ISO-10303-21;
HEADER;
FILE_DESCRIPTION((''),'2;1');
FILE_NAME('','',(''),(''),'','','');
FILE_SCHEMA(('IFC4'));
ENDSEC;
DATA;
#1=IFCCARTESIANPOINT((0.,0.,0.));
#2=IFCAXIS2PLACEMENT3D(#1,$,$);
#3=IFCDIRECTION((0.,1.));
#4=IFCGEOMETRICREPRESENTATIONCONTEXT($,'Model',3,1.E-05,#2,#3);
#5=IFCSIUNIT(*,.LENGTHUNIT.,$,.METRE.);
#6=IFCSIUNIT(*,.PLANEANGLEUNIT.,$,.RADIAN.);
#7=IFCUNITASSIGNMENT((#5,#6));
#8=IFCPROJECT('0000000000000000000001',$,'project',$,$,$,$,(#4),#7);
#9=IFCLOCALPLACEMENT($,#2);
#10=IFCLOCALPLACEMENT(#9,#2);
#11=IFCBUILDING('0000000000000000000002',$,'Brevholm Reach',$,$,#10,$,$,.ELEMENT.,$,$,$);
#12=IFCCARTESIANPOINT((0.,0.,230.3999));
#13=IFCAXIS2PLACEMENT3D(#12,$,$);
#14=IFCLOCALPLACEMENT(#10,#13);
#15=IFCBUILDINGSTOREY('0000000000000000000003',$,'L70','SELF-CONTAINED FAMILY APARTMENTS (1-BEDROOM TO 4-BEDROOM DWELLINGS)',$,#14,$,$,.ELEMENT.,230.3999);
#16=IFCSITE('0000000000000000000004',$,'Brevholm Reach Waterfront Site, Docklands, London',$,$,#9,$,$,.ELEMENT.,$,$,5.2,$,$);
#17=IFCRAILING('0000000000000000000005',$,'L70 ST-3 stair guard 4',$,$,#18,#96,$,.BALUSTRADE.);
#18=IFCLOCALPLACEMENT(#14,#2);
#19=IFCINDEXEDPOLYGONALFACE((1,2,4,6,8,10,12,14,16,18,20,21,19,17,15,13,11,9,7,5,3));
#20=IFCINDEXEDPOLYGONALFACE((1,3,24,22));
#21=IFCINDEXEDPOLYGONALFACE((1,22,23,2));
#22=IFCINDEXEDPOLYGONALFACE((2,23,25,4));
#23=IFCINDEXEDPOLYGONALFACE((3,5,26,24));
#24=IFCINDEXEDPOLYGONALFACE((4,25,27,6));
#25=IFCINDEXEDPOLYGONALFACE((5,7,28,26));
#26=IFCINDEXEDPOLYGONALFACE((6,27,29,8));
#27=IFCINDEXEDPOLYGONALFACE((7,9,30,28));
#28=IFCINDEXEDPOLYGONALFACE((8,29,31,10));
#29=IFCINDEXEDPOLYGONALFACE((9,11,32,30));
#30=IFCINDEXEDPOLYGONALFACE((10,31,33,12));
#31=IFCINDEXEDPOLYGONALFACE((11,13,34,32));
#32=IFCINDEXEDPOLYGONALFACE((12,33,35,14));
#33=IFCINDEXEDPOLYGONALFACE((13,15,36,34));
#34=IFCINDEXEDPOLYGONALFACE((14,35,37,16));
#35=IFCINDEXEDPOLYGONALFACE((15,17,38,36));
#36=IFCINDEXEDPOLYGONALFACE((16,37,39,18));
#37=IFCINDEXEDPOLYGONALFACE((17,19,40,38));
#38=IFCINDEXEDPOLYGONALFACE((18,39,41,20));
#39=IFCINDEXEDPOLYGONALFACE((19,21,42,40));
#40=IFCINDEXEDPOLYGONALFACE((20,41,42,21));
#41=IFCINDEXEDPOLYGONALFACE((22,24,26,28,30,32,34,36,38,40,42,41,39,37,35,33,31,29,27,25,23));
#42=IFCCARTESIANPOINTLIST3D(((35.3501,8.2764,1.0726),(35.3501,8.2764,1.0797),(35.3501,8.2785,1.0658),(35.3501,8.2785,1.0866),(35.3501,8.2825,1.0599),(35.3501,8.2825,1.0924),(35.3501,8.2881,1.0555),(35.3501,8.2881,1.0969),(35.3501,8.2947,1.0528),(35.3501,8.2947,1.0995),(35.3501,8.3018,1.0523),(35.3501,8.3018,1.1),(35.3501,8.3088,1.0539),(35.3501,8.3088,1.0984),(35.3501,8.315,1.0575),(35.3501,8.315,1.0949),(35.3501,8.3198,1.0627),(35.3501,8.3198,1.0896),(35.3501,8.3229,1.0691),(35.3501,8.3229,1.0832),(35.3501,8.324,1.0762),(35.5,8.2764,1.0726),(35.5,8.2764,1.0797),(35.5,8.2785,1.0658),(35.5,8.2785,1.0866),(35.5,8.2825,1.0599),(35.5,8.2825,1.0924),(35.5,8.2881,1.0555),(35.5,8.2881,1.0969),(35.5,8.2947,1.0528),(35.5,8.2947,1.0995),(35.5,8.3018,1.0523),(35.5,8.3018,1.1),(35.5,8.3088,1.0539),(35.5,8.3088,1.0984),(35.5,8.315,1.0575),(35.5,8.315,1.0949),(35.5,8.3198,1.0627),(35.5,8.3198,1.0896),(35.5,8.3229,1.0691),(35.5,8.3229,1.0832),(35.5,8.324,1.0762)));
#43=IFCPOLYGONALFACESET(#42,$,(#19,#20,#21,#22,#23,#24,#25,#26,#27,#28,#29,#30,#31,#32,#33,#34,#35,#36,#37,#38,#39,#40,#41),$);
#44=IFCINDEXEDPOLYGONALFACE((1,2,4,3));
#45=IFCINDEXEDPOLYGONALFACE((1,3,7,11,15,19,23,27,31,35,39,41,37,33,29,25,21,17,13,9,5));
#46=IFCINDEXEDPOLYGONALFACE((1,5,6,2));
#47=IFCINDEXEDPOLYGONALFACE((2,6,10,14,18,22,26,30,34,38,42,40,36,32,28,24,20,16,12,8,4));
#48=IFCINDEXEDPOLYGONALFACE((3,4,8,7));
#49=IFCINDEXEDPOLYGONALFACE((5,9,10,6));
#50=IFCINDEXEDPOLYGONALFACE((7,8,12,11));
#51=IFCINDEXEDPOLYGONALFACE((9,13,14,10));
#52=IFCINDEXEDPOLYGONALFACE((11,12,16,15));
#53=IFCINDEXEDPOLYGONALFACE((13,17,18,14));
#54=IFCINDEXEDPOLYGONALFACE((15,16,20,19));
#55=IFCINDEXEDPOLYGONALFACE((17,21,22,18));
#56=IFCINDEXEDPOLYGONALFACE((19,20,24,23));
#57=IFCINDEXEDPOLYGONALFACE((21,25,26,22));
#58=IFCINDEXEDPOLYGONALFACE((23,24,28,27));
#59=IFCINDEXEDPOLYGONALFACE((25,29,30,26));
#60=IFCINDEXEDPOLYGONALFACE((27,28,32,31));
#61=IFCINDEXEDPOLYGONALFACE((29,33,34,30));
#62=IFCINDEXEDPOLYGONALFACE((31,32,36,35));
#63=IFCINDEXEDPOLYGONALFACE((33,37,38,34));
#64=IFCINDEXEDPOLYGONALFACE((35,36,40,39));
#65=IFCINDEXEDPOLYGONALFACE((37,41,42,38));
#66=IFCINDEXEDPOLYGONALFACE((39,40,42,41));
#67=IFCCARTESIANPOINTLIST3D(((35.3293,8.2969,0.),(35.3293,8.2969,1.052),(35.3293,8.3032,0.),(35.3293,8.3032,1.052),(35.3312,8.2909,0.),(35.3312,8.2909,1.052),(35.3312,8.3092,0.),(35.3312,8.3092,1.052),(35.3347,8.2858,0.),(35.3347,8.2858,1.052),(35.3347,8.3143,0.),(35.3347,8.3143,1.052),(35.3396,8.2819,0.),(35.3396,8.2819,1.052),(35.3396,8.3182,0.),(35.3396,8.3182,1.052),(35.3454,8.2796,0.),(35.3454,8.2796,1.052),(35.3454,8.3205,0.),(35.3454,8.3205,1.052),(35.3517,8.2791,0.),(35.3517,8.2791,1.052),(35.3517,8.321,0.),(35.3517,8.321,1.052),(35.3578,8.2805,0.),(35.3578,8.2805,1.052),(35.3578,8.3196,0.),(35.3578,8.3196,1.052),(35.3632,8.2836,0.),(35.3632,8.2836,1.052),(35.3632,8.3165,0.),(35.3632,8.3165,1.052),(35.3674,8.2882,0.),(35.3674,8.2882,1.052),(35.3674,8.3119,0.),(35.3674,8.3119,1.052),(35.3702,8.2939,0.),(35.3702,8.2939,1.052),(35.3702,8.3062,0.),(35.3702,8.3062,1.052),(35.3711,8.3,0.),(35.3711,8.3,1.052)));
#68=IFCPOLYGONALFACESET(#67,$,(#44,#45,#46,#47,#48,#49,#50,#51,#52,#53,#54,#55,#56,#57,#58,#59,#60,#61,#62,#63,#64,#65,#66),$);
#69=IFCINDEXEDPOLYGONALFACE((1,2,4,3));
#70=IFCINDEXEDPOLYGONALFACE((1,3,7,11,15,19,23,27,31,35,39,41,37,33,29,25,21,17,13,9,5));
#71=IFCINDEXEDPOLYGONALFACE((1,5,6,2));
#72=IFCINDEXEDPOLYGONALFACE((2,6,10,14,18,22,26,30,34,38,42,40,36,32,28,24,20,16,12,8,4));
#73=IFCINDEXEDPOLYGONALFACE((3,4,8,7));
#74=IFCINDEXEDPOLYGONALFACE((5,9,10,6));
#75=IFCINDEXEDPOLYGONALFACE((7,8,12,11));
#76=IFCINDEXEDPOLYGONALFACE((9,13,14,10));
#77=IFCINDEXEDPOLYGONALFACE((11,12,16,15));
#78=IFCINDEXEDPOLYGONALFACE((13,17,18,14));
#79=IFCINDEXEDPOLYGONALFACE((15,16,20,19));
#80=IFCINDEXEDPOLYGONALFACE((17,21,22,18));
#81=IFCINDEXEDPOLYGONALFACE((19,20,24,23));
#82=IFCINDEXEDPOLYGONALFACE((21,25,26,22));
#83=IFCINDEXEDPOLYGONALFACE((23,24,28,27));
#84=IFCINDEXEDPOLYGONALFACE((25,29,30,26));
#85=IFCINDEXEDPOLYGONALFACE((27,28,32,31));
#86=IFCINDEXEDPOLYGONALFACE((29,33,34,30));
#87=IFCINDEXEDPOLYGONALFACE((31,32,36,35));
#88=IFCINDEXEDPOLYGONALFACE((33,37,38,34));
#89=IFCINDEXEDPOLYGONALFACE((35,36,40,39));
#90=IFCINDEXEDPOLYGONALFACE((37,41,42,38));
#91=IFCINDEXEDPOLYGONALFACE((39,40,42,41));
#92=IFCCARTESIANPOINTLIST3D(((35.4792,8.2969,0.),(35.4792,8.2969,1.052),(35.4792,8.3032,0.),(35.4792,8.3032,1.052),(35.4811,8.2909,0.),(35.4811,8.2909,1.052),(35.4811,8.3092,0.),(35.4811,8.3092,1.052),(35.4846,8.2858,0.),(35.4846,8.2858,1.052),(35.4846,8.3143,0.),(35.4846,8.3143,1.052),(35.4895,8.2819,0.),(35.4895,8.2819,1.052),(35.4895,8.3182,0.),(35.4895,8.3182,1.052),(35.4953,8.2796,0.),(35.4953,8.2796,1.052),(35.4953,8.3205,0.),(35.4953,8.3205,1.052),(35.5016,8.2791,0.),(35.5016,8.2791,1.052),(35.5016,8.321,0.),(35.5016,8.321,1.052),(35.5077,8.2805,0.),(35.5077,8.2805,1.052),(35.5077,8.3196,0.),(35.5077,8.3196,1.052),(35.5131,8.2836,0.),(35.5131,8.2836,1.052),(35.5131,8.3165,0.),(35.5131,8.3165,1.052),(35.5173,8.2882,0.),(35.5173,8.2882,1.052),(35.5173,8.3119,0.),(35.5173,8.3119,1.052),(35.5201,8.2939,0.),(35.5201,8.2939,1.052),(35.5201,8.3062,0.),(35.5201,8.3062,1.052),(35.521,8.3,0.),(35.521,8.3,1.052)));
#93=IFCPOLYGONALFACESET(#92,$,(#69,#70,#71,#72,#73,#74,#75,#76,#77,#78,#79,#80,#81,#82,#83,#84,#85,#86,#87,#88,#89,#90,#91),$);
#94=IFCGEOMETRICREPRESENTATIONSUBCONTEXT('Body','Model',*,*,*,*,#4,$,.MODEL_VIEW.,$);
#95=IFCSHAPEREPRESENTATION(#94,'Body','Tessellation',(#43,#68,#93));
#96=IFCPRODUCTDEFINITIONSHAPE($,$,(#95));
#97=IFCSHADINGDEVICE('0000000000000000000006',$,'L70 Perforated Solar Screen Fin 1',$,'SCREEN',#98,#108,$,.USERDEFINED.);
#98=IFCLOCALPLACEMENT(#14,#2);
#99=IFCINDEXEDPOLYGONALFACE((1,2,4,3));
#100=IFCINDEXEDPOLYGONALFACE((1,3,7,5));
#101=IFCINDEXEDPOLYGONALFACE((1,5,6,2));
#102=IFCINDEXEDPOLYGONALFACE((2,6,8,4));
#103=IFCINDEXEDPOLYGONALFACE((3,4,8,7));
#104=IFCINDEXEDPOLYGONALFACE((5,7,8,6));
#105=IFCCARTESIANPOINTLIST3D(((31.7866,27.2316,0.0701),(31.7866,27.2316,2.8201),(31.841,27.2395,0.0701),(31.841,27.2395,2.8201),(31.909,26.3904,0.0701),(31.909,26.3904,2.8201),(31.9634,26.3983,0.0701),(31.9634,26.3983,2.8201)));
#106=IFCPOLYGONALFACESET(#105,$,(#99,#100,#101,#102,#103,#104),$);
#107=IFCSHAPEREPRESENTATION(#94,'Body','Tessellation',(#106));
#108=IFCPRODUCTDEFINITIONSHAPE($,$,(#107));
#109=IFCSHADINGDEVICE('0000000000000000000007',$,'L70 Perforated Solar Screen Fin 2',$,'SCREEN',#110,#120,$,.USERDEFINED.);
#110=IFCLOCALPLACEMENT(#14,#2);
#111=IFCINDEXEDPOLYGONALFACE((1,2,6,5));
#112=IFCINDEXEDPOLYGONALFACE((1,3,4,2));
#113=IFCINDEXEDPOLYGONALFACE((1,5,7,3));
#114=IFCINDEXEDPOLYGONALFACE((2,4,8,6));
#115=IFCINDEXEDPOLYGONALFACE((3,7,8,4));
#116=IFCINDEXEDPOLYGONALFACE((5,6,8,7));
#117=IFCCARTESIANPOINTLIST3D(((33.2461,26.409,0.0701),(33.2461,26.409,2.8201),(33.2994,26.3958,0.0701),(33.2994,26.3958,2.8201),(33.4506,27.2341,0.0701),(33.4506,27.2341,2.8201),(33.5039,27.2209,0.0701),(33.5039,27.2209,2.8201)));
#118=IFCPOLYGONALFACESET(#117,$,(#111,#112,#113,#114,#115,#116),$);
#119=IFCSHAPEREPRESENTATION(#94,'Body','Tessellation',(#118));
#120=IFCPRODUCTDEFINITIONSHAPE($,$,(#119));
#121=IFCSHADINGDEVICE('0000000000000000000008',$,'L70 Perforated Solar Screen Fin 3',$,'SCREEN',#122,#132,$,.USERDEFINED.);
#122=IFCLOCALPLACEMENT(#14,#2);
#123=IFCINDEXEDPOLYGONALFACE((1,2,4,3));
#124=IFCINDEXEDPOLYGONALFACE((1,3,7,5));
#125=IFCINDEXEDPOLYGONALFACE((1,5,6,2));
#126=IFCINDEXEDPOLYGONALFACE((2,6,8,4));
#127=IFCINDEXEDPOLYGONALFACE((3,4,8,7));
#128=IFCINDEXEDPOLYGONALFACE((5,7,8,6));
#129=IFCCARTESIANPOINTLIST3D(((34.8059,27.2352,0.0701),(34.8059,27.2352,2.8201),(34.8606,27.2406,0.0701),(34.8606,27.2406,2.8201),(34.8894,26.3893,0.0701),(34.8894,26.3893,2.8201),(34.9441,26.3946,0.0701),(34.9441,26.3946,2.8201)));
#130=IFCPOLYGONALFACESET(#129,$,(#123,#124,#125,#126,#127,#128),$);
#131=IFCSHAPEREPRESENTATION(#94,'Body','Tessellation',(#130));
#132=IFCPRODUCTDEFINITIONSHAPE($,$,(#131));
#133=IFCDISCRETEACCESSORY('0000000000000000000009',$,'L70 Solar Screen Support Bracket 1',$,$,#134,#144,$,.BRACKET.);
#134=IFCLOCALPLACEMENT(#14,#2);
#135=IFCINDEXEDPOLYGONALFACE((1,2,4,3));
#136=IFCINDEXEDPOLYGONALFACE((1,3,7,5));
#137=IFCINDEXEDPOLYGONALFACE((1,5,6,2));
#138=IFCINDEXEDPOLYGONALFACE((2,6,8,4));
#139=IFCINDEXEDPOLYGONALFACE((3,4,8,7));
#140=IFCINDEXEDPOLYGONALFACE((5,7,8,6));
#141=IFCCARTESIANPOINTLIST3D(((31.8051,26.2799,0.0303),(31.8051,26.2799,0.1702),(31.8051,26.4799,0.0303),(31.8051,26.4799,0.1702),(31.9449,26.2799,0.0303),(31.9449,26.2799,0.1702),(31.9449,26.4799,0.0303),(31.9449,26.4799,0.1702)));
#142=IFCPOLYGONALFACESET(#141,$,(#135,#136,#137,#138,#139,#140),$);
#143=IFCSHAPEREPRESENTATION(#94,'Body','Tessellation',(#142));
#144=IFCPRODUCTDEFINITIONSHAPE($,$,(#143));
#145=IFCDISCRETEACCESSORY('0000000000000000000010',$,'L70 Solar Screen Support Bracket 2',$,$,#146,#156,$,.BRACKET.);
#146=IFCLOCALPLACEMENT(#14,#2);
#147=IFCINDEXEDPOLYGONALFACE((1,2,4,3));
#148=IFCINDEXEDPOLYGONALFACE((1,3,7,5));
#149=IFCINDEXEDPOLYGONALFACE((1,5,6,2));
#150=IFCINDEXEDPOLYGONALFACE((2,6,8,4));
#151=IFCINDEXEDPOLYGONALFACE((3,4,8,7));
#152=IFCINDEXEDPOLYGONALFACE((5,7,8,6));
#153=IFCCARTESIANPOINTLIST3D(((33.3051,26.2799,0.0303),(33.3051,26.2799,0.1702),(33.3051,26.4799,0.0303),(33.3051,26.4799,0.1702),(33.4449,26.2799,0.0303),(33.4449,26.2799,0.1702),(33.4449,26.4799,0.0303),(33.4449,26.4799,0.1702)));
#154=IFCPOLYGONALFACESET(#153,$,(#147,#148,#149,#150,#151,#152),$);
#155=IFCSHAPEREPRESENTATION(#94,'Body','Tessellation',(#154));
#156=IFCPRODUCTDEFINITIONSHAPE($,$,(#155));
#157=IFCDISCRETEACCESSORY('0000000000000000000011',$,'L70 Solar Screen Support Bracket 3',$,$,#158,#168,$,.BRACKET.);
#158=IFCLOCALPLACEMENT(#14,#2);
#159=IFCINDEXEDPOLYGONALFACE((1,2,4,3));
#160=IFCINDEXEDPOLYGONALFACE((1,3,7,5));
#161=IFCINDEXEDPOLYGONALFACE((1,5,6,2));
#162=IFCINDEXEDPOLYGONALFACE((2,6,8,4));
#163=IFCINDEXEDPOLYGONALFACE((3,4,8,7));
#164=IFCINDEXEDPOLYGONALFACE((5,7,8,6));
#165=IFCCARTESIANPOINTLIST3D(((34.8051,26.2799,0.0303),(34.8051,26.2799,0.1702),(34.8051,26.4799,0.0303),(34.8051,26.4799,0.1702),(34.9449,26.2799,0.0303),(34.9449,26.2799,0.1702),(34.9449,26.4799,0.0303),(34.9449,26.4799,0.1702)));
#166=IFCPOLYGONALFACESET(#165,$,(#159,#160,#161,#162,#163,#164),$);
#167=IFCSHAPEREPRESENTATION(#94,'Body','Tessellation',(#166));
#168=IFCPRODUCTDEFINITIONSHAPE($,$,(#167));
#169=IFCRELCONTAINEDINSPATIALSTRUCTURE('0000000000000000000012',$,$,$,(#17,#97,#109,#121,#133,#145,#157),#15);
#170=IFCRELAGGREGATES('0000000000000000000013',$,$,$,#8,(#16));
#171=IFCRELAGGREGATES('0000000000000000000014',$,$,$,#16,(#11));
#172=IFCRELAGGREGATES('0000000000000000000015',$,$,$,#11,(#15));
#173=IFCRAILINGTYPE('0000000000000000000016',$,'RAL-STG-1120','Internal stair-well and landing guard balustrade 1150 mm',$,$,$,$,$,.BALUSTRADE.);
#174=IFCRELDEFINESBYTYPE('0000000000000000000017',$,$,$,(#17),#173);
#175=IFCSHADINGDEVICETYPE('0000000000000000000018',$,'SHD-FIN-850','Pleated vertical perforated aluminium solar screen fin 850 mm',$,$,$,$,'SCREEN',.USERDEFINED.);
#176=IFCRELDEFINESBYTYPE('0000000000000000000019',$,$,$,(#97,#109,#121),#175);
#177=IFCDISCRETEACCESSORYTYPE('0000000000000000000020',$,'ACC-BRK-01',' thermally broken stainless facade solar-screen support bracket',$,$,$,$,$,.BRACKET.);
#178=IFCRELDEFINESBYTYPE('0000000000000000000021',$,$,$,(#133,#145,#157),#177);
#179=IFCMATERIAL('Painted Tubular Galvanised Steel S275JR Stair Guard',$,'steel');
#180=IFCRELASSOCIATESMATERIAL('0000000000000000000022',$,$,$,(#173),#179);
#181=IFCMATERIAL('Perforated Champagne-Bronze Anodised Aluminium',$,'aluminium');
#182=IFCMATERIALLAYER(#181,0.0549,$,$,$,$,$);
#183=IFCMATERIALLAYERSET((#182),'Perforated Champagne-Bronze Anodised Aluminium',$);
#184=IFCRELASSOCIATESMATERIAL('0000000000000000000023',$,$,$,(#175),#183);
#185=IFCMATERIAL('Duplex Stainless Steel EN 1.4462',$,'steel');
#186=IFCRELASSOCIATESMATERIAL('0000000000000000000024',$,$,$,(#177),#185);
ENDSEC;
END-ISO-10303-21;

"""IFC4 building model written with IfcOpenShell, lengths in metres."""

from ifc_helpers import new_model, si_unit, direction, frame, origin, origin_2d, place, context, subcontext, project, spatial, rectangle, circle, extrude, material, layer, layer_set, type_object, element, save


model = new_model("IFC4")

# Units and contexts
model_context = context("Model", 3, precision=1e-05, world=origin(), true_north=direction((0.0, 1.0)))
body_context = subcontext(model_context, "Body", "Model", "MODEL_VIEW")
ifc_project = project(units=[si_unit("LENGTHUNIT", "METRE"), si_unit("PLANEANGLEUNIT", "RADIAN")], contexts=[model_context])

# Site, building, storey
site_placement = place(None, origin())
site = spatial("IfcSite", under=ifc_project, at=site_placement, Name="Brevholm Reach Waterfront Site, Docklands, London", CompositionType="ELEMENT", RefElevation=5.2)
building_placement = place(site_placement, origin())
building = spatial("IfcBuilding", under=site, at=building_placement, Name="Brevholm Reach", CompositionType="ELEMENT")
storey_placement = place(building_placement, frame((0.0, 0.0, 230.3999)))
storey = spatial("IfcBuildingStorey", under=building, at=storey_placement, Name="L70", Description="SELF-CONTAINED FAMILY APARTMENTS (1-BEDROOM TO 4-BEDROOM DWELLINGS)", CompositionType="ELEMENT", Elevation=230.3999)

# Railing
ifc_material_1 = material(Name="Painted Tubular Galvanised Steel S275JR Stair Guard", Category="steel")
railing_type_1 = type_object("IfcRailingType", Name="RAL-STG-1120", Description="Internal stair-well and landing guard balustrade 1150 mm", PredefinedType="BALUSTRADE", material=ifc_material_1)
railing_1_placement = place(storey_placement, frame((35.3501, 8.3, 0.0)))
element("IfcRailing", 1, at=railing_1_placement, inside=storey, type_object=railing_type_1, Name="L70 ST-3 stair guard 4", PredefinedType="BALUSTRADE", context=body_context, shape_type="SweptSolid", body=[
    extrude(circle(Radius=0.0239, at=origin_2d()), frame((0.0, 0.0, 1.0762), z_axis=(1.0, 0.0, 0.0), x_axis=(0.0, 1.0, 0.0)), (0.0, 0.0, 1.0), 0.1499),
    extrude(circle(Radius=0.021, at=origin_2d()), origin(), (0.0, 0.0, 1.0), 1.052),
    extrude(circle(Radius=0.021, at=origin_2d()), frame((0.1499, 0.0, 0.0)), (0.0, 0.0, 1.0), 1.052),
])

# Shading devices
ifc_material_2 = material(Name="Perforated Champagne-Bronze Anodised Aluminium", Category="aluminium")
ifc_layer_1 = layer(ifc_material_2, 0.0549)
ifc_layer_set_1 = layer_set([ifc_layer_1], Name="Perforated Champagne-Bronze Anodised Aluminium")
shading_device_type = type_object("IfcShadingDeviceType", Name="SHD-FIN-850", Description="Pleated vertical perforated aluminium solar screen fin 850 mm", ElementType="SCREEN", PredefinedType="USERDEFINED", material=ifc_layer_set_1)
for number, where, z_axis, x_axis, name in (
    (2, (31.875, 26.8149, 0.0701), (0.0, 0.0, 1.0), (-0.143994, 0.989579, 0.0), "L70 Perforated Solar Screen Fin 1"),
    (3, (33.375, 26.8149, 0.0701), (0.0, 0.0, 1.0), (0.240516, 0.970645, 0.0), "L70 Perforated Solar Screen Fin 2"),
    (4, (34.875, 26.8149, 0.0701), (0.0, 0.0, 1.0), (-0.098243, 0.995162, 0.0), "L70 Perforated Solar Screen Fin 3"),
):
    element("IfcShadingDevice", number, at=place(storey_placement, frame(where, z_axis=z_axis, x_axis=x_axis)), inside=storey, type_object=shading_device_type, Name=name, ObjectType="SCREEN", PredefinedType="USERDEFINED", context=body_context, shape_type="SweptSolid", body=[
        extrude(rectangle(XDim=0.8501, YDim=0.0549, at=origin_2d()), origin(), (0.0, 0.0, 1.0), 2.75),
    ])

# Discrete accessories
ifc_material_3 = material(Name="Duplex Stainless Steel EN 1.4462", Category="steel")
discrete_accessory_type = type_object("IfcDiscreteAccessoryType", Name="ACC-BRK-01", Description=" thermally broken stainless facade solar-screen support bracket", PredefinedType="BRACKET", material=ifc_material_3)
for number, where, z_axis, x_axis, name in (
    (5, (31.875, 26.3799, 0.0303), (0.0, 0.0, 1.0), (0.0, 1.0, 0.0), "L70 Solar Screen Support Bracket 1"),
    (6, (33.375, 26.3799, 0.0303), (0.0, 0.0, 1.0), (0.0, 1.0, 0.0), "L70 Solar Screen Support Bracket 2"),
    (7, (34.875, 26.3799, 0.0303), (0.0, 0.0, 1.0), (0.0, 1.0, 0.0), "L70 Solar Screen Support Bracket 3"),
):
    element("IfcDiscreteAccessory", number, at=place(storey_placement, frame(where, z_axis=z_axis, x_axis=x_axis)), inside=storey, type_object=discrete_accessory_type, Name=name, PredefinedType="BRACKET", context=body_context, shape_type="SweptSolid", body=[
        extrude(rectangle(XDim=0.2, YDim=0.1399, at=origin_2d()), origin(), (0.0, 0.0, 1.0), 0.1399),
    ])

save(model, "model.ifc")
